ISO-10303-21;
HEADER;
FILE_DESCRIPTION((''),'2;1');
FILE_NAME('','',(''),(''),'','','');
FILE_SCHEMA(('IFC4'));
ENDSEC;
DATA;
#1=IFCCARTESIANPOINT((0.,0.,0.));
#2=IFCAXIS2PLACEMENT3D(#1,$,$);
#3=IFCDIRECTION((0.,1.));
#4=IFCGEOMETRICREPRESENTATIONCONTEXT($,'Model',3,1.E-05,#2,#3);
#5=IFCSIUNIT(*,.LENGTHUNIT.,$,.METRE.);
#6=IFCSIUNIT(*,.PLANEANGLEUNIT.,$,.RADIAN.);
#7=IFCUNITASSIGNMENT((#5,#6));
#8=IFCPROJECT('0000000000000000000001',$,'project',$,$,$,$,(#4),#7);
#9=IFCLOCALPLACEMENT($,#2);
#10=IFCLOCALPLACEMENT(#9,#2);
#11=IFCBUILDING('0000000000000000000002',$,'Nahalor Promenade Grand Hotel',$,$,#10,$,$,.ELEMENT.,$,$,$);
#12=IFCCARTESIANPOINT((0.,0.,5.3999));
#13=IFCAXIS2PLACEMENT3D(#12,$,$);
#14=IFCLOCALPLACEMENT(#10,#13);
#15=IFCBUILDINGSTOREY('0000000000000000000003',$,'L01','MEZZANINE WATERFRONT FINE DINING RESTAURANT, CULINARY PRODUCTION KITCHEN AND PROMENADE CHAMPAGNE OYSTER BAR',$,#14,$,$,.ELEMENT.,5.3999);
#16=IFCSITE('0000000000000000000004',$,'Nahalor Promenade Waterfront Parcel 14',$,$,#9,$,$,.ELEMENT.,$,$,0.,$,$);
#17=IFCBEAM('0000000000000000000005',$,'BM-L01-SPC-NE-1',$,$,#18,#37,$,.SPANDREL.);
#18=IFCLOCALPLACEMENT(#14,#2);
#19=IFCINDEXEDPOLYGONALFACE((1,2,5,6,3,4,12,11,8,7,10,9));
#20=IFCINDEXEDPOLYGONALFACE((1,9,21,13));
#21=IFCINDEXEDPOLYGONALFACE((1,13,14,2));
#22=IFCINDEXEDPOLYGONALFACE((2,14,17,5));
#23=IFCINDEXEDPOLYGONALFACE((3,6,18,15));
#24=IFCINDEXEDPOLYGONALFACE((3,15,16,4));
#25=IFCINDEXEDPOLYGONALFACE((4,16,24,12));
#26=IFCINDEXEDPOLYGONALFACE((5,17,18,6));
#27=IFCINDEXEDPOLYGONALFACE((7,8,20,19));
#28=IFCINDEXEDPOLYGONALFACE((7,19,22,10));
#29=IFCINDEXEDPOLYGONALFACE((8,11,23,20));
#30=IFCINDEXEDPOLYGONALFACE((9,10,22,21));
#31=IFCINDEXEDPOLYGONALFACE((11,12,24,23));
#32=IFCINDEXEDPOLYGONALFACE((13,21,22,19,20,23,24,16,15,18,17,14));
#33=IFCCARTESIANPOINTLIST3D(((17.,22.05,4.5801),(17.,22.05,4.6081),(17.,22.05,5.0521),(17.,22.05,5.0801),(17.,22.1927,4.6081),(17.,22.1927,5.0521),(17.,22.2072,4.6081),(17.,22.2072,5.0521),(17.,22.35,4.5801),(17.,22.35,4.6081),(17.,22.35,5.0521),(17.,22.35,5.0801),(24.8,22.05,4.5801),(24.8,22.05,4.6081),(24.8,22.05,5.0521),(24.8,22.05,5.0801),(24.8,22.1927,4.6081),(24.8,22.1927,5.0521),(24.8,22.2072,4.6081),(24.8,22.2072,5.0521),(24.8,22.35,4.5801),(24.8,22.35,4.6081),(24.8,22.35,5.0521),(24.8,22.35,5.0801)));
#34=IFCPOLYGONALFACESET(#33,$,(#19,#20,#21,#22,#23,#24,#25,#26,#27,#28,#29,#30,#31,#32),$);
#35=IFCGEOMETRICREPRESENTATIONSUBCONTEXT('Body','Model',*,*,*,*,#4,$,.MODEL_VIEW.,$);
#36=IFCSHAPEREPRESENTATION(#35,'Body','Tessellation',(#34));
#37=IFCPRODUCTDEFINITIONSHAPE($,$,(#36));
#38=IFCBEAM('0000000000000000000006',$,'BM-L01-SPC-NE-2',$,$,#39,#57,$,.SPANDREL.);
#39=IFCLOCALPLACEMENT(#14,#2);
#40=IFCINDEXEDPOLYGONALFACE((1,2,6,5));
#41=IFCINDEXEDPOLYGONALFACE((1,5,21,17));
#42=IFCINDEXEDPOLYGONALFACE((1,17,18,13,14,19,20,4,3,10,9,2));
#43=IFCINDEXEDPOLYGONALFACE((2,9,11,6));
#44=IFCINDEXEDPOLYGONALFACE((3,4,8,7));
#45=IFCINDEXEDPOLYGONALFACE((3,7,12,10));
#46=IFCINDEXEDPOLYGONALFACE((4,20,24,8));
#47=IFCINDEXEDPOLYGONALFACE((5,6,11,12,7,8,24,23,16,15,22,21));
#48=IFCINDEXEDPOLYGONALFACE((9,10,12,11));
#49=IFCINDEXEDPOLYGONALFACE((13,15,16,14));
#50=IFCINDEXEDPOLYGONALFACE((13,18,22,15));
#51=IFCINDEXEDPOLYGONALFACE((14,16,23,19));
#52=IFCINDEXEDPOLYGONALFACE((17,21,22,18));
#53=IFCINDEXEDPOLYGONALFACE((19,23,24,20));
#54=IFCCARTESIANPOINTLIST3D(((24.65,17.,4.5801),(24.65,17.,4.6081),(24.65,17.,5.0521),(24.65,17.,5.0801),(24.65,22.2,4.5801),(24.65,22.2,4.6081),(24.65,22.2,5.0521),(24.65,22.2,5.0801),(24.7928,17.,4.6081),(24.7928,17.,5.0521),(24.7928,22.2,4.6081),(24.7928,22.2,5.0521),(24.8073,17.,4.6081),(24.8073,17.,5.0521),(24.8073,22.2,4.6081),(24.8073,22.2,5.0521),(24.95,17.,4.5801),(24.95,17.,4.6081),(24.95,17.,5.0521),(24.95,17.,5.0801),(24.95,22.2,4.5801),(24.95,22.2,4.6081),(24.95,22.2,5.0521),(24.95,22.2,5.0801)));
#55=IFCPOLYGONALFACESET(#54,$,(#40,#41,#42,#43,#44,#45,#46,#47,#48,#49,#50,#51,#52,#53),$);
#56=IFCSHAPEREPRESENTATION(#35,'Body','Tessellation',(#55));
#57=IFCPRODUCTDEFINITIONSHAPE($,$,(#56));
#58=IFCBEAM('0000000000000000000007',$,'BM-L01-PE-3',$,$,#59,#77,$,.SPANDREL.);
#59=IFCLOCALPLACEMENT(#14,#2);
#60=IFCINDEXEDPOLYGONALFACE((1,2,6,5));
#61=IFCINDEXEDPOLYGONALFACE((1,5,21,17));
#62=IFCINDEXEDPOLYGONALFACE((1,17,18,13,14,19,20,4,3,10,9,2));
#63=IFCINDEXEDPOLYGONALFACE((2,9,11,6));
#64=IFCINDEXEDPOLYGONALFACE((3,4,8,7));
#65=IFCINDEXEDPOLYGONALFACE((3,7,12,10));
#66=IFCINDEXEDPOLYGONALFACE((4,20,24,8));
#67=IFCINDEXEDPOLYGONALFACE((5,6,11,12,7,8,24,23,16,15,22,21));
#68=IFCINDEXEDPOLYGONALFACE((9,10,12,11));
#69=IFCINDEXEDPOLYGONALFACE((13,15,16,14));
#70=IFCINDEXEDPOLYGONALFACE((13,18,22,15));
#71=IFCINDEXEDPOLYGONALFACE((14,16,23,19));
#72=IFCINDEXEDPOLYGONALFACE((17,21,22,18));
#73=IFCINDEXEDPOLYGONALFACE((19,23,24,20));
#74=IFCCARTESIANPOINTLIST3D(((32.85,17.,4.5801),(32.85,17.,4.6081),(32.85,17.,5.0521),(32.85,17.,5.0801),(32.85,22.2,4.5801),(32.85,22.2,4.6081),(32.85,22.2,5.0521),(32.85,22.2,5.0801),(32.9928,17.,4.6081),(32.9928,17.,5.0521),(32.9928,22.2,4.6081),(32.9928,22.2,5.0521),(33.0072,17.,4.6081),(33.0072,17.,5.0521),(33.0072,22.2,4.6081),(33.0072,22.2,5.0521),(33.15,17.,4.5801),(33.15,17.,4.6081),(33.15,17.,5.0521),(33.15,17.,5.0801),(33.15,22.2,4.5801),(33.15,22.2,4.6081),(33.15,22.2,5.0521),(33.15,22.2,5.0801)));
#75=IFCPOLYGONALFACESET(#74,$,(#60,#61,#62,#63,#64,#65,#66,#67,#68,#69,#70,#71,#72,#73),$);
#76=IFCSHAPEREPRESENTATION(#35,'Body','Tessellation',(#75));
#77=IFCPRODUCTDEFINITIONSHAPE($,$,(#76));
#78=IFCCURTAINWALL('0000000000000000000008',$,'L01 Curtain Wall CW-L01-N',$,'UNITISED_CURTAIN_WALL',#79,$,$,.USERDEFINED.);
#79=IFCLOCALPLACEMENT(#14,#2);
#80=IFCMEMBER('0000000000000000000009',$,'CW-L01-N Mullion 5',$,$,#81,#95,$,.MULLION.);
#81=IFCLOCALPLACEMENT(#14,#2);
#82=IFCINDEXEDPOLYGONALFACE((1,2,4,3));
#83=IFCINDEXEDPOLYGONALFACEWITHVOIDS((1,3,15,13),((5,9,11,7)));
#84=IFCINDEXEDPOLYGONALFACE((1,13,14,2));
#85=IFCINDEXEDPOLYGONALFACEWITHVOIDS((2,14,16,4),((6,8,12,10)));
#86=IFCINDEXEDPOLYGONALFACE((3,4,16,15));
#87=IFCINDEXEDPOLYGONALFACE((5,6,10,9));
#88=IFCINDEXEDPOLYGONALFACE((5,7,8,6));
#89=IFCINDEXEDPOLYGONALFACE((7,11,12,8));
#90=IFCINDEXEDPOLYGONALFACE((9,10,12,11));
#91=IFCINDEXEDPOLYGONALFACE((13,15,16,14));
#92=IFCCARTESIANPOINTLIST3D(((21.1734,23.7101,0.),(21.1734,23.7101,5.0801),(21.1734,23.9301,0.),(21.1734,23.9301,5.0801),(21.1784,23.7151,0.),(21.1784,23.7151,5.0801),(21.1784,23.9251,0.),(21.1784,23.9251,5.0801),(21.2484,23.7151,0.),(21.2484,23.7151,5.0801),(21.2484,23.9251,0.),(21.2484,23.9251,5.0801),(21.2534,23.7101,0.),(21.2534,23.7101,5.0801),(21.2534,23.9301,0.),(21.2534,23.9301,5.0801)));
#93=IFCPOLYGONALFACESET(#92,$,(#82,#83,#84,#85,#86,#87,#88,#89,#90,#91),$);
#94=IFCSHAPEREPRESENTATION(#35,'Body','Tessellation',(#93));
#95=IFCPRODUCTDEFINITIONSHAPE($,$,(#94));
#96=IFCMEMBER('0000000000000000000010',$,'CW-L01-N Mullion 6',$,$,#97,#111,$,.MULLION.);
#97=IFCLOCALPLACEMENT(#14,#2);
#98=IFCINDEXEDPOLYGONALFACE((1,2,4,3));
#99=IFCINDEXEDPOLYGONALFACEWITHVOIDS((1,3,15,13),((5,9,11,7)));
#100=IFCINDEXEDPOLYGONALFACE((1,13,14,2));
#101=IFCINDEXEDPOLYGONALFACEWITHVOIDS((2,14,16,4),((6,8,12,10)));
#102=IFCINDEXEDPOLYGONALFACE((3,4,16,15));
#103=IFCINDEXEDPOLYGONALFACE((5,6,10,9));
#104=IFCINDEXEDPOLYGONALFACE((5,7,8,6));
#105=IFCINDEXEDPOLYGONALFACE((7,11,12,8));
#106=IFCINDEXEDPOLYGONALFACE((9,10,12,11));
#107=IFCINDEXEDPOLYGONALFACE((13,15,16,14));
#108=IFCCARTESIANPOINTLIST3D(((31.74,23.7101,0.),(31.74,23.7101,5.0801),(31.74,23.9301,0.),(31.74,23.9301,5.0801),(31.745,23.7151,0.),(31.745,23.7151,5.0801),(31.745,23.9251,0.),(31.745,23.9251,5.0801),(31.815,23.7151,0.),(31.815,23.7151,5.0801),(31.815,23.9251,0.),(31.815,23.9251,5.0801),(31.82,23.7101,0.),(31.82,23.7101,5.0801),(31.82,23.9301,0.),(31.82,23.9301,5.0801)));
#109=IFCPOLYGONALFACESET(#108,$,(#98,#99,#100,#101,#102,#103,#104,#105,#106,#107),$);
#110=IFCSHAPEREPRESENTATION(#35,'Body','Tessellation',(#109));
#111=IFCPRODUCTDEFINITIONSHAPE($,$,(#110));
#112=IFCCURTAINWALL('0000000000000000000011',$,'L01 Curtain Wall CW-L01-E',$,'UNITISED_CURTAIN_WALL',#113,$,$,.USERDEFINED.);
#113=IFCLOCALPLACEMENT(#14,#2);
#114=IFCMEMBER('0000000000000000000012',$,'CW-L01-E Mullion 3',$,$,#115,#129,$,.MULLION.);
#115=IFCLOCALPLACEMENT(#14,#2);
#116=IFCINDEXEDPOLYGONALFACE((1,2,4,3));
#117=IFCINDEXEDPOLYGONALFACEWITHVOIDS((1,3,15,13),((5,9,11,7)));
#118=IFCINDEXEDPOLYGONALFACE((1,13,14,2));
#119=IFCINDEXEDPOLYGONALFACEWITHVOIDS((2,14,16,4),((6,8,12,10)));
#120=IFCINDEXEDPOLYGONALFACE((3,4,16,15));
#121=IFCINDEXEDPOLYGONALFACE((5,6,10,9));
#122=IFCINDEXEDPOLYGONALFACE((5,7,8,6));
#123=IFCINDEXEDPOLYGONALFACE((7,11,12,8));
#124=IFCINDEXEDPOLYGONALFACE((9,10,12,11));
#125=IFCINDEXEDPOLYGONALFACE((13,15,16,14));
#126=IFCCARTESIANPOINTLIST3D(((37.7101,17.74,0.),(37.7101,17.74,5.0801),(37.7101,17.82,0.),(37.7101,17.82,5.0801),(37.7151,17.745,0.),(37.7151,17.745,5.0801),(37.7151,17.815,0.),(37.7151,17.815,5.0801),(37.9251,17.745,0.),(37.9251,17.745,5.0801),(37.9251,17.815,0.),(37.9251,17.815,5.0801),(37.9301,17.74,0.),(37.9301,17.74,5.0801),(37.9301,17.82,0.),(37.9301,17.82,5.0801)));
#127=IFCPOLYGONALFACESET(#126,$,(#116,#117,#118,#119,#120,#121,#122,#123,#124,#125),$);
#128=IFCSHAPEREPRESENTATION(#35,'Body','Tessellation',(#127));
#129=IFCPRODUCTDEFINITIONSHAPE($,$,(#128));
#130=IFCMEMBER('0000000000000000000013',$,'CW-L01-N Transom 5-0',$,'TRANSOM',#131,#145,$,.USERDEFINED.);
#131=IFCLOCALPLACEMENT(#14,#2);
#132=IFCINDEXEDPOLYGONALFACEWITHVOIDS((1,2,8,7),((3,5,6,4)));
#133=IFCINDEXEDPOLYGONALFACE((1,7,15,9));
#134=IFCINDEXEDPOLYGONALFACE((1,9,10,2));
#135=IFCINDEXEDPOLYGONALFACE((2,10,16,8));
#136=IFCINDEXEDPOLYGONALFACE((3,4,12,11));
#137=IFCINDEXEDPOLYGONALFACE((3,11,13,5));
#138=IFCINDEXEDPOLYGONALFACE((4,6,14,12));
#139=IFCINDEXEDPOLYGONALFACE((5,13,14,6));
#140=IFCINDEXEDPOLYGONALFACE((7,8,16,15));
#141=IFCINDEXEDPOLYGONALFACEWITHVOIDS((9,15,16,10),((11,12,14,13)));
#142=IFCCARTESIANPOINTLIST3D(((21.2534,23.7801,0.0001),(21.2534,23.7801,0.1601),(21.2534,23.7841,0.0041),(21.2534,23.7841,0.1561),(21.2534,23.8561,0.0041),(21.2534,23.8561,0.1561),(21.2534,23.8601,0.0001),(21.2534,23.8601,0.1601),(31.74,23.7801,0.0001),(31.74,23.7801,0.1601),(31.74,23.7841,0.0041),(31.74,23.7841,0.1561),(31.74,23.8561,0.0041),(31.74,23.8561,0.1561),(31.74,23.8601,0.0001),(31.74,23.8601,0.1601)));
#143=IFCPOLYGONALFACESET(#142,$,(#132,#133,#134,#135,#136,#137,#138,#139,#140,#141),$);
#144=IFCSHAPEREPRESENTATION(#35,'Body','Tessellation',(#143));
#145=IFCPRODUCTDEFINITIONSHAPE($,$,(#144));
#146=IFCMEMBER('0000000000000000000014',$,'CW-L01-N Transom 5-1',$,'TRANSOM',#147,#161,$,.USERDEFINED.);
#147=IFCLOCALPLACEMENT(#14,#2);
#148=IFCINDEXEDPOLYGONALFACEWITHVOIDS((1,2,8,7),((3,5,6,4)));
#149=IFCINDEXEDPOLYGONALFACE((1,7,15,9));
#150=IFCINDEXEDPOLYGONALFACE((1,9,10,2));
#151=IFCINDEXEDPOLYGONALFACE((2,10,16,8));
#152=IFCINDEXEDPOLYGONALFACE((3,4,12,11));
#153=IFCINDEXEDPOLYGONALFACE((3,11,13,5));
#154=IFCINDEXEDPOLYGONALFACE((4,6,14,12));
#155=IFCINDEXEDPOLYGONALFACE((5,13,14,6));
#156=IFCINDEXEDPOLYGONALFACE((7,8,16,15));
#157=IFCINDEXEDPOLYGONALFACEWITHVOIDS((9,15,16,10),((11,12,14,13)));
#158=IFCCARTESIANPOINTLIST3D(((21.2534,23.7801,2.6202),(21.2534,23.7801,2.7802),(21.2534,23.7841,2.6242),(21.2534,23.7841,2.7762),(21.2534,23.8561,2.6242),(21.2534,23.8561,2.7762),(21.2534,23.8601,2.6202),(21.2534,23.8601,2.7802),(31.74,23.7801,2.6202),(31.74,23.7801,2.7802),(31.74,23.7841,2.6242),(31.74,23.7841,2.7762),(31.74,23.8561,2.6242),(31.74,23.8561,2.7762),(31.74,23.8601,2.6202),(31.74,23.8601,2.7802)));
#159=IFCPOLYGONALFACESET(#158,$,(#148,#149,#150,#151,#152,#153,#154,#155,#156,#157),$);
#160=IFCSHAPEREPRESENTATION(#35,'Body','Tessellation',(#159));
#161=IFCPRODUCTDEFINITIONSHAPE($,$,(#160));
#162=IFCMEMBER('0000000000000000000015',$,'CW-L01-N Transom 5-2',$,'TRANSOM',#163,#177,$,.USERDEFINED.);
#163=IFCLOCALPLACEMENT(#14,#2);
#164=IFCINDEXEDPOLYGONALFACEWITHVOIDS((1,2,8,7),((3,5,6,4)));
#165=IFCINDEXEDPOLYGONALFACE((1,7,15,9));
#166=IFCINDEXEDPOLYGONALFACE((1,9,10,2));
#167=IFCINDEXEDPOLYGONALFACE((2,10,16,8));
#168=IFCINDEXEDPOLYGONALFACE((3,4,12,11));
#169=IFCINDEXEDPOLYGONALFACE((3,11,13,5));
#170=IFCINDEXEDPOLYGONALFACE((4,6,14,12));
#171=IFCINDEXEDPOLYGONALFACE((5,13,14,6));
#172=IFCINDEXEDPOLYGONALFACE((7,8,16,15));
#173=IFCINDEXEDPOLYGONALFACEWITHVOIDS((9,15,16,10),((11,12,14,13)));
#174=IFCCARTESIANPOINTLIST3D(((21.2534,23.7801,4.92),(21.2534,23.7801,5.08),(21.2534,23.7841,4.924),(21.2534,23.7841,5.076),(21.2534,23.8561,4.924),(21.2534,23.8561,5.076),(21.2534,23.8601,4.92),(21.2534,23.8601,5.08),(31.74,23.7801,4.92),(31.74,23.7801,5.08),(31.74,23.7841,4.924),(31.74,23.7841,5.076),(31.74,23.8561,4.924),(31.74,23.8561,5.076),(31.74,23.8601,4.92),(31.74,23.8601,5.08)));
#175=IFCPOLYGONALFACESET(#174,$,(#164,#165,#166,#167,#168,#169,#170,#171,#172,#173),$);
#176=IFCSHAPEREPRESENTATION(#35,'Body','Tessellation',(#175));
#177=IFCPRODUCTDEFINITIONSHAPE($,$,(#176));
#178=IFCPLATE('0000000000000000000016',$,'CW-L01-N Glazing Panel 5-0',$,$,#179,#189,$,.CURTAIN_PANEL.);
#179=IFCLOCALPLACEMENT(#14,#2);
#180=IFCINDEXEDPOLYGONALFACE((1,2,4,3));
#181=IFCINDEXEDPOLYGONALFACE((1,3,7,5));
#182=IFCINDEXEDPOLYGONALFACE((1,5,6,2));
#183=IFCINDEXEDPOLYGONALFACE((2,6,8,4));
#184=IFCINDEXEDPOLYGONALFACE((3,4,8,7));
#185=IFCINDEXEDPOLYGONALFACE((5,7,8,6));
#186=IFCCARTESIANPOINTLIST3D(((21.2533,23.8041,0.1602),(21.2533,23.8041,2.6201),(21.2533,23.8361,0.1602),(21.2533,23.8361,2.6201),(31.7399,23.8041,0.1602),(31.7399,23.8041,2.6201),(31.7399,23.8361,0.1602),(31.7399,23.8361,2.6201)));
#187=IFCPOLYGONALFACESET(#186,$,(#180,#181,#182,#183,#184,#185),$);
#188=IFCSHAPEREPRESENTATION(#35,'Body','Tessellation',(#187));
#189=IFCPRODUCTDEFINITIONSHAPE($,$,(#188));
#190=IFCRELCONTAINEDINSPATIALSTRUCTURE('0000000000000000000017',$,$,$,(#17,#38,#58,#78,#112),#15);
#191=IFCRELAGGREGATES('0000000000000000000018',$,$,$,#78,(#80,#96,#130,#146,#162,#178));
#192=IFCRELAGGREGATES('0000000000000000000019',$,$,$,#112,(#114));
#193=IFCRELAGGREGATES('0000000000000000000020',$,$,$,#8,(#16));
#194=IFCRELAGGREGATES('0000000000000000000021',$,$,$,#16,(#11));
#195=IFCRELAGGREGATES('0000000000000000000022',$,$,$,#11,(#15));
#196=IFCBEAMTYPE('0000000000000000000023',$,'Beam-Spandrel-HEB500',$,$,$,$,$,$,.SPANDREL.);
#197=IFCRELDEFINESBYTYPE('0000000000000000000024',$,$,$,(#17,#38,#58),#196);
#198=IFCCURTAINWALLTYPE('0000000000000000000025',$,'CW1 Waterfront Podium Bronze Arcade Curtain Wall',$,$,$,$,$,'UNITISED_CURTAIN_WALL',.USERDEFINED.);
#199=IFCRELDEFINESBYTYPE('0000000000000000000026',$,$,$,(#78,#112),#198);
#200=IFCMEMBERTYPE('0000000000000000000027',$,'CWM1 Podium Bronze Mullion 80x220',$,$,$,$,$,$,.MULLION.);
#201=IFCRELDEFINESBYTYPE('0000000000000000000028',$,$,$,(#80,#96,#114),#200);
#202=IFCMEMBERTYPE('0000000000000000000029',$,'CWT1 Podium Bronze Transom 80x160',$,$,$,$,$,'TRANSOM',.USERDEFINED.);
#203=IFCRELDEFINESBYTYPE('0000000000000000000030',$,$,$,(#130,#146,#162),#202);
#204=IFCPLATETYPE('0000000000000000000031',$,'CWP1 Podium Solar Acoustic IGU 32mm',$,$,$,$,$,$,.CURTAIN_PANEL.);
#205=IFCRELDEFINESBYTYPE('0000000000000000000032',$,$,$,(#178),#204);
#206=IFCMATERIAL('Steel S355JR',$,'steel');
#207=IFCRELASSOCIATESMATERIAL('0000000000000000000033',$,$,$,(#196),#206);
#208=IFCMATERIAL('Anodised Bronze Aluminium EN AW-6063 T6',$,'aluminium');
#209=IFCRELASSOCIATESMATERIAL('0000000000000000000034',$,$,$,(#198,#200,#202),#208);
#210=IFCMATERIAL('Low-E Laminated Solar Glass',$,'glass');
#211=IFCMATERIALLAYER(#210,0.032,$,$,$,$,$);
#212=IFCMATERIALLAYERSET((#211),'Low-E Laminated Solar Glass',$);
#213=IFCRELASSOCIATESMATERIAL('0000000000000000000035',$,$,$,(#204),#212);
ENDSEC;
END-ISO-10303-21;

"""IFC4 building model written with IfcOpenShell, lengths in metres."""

from ifc_helpers import new_model, si_unit, direction, frame, origin, origin_2d, place, context, subcontext, project, spatial, rectangle, hollow_rectangle, i_section, extrude, source, transform, mapped, material, layer, layer_set, material_profile, profile_set, type_object, element, aggregate, save


model = new_model("IFC4")

# Units and contexts
model_context = context("Model", 3, precision=1e-05, world=origin(), true_north=direction((0.0, 1.0)))
body_context = subcontext(model_context, "Body", "Model", "MODEL_VIEW")
ifc_project = project(units=[si_unit("LENGTHUNIT", "METRE"), si_unit("PLANEANGLEUNIT", "RADIAN")], contexts=[model_context])

# Site, building, storey
site_placement = place(None, origin())
site = spatial("IfcSite", under=ifc_project, at=site_placement, Name="Nahalor Promenade Waterfront Parcel 14", CompositionType="ELEMENT", RefElevation=0.0)
building_placement = place(site_placement, origin())
building = spatial("IfcBuilding", under=site, at=building_placement, Name="Nahalor Promenade Grand Hotel", CompositionType="ELEMENT")
storey_placement = place(building_placement, frame((0.0, 0.0, 5.3999)))
storey = spatial("IfcBuildingStorey", under=building, at=storey_placement, Name="L01", Description="MEZZANINE WATERFRONT FINE DINING RESTAURANT, CULINARY PRODUCTION KITCHEN AND PROMENADE CHAMPAGNE OYSTER BAR", CompositionType="ELEMENT", Elevation=5.3999)

# Beams
ifc_material_1 = material(Name="Steel S355JR", Category="steel")
ifc_material_profile_1 = material_profile(ifc_material_1, i_section(OverallWidth=0.3, OverallDepth=0.5, WebThickness=0.0145, FlangeThickness=0.028, at=origin_2d()), Name="HEB 500")
ifc_profile_set_1 = profile_set([ifc_material_profile_1], Name="Steel S355JR")
beam_type_1 = type_object("IfcBeamType", Name="Beam-Spandrel-HEB500", PredefinedType="SPANDREL", material=ifc_profile_set_1)
shared_shape_1 = source(origin(), body_context, "Body", "SweptSolid", [
    extrude(i_section(OverallWidth=0.3, OverallDepth=0.5, WebThickness=0.0145, FlangeThickness=0.028, at=origin_2d()), origin(), (0.0, 0.0, 1.0), 7.8),
])
beam_1_placement = place(storey_placement, frame((17.0, 22.2, 4.8301), z_axis=(1.0, 0.0, 0.0), x_axis=(0.0, 1.0, 0.0)))
element("IfcBeam", 1, at=beam_1_placement, inside=storey, type_object=beam_type_1, Name="BM-L01-SPC-NE-1", PredefinedType="SPANDREL", context=body_context, shape_type="MappedRepresentation", body=[
    mapped(shared_shape_1, transform((0.0, 0.0, 0.0), scale=1.0)),
])
shared_shape_2 = source(origin(), body_context, "Body", "SweptSolid", [
    extrude(i_section(OverallWidth=0.3, OverallDepth=0.5, WebThickness=0.0145, FlangeThickness=0.028, at=origin_2d()), origin(), (0.0, 0.0, 1.0), 5.2),
])
for number, where, z_axis, x_axis, name in (
    (2, (24.8, 22.2, 4.8301), (0.0, -1.0, 0.0), (1.0, 0.0, 0.0), "BM-L01-SPC-NE-2"),
    (3, (33.0, 17.0, 4.8301), (0.0, 1.0, 0.0), (-1.0, 0.0, 0.0), "BM-L01-PE-3"),
):
    element("IfcBeam", number, at=place(storey_placement, frame(where, z_axis=z_axis, x_axis=x_axis)), inside=storey, type_object=beam_type_1, Name=name, PredefinedType="SPANDREL", context=body_context, shape_type="MappedRepresentation", body=[
        mapped(shared_shape_2, transform((0.0, 0.0, 0.0), scale=1.0)),
    ])

# Curtain wall, members
ifc_material_2 = material(Name="Anodised Bronze Aluminium EN AW-6063 T6", Category="aluminium")
curtain_wall_type = type_object("IfcCurtainWallType", Name="CW1 Waterfront Podium Bronze Arcade Curtain Wall", ElementType="UNITISED_CURTAIN_WALL", PredefinedType="USERDEFINED", material=ifc_material_2)
curtain_wall_1_placement = place(storey_placement, origin())
curtain_wall_1 = element("IfcCurtainWall", 4, at=curtain_wall_1_placement, inside=storey, type_object=curtain_wall_type, Name="L01 Curtain Wall CW-L01-N", ObjectType="UNITISED_CURTAIN_WALL", PredefinedType="USERDEFINED")
ifc_material_profile_2 = material_profile(ifc_material_2, hollow_rectangle(XDim=0.08, YDim=0.22, WallThickness=0.005, at=origin_2d()), Name="CWM 80x220x5")
ifc_profile_set_2 = profile_set([ifc_material_profile_2], Name="Anodised Bronze Aluminium EN AW-6063 T6")
member_type_1 = type_object("IfcMemberType", Name="CWM1 Podium Bronze Mullion 80x220", PredefinedType="MULLION", material=ifc_profile_set_2)
shared_shape_3 = source(origin(), body_context, "Body", "SweptSolid", [
    extrude(hollow_rectangle(XDim=0.08, YDim=0.22, WallThickness=0.005, at=origin_2d()), origin(), (0.0, 0.0, 1.0), 5.0801),
])
member_1_placement = place(storey_placement, frame((21.2134, 23.8201, 0.0), z_axis=(0.0, 0.0, 1.0), x_axis=(1.0, 0.0, 0.0)))
member_1 = element("IfcMember", 5, at=member_1_placement, type_object=member_type_1, Name="CW-L01-N Mullion 5", PredefinedType="MULLION", context=body_context, shape_type="MappedRepresentation", body=[
    mapped(shared_shape_3, transform((0.0, 0.0, 0.0), scale=1.0)),
])
member_2_placement = place(storey_placement, frame((31.78, 23.8201, 0.0), z_axis=(0.0, 0.0, 1.0), x_axis=(1.0, 0.0, 0.0)))
member_2 = element("IfcMember", 6, at=member_2_placement, type_object=member_type_1, Name="CW-L01-N Mullion 6", PredefinedType="MULLION", context=body_context, shape_type="MappedRepresentation", body=[
    mapped(shared_shape_3, transform((0.0, 0.0, 0.0), scale=1.0)),
])

# Curtain wall, member
curtain_wall_2_placement = place(storey_placement, origin())
curtain_wall_2 = element("IfcCurtainWall", 7, at=curtain_wall_2_placement, inside=storey, type_object=curtain_wall_type, Name="L01 Curtain Wall CW-L01-E", ObjectType="UNITISED_CURTAIN_WALL", PredefinedType="USERDEFINED")
member_3_placement = place(storey_placement, frame((37.8201, 17.78, 0.0), z_axis=(0.0, 0.0, 1.0), x_axis=(0.0, 1.0, 0.0)))
member_3 = element("IfcMember", 8, at=member_3_placement, type_object=member_type_1, Name="CW-L01-E Mullion 3", PredefinedType="MULLION", context=body_context, shape_type="MappedRepresentation", body=[
    mapped(shared_shape_3, transform((0.0, 0.0, 0.0), scale=1.0)),
])

# Members
ifc_material_profile_3 = material_profile(ifc_material_2, hollow_rectangle(XDim=0.08, YDim=0.16, WallThickness=0.004, at=origin_2d()), Name="CWT 80x160x4")
ifc_profile_set_3 = profile_set([ifc_material_profile_3], Name="Anodised Bronze Aluminium EN AW-6063 T6")
member_type_2 = type_object("IfcMemberType", Name="CWT1 Podium Bronze Transom 80x160", ElementType="TRANSOM", PredefinedType="USERDEFINED", material=ifc_profile_set_3)
shared_shape_4 = source(origin(), body_context, "Body", "SweptSolid", [
    extrude(hollow_rectangle(XDim=0.08, YDim=0.16, WallThickness=0.004, at=origin_2d()), origin(), (0.0, 0.0, 1.0), 10.4866),
])
member_4_placement = place(storey_placement, frame((21.2534, 23.8201, 0.0801), z_axis=(1.0, 0.0, 0.0), x_axis=(0.0, 1.0, 0.0)))
member_4 = element("IfcMember", 9, at=member_4_placement, type_object=member_type_2, Name="CW-L01-N Transom 5-0", ObjectType="TRANSOM", PredefinedType="USERDEFINED", context=body_context, shape_type="MappedRepresentation", body=[
    mapped(shared_shape_4, transform((0.0, 0.0, 0.0), scale=1.0)),
])
member_5_placement = place(storey_placement, frame((21.2534, 23.8201, 2.7002), z_axis=(1.0, 0.0, 0.0), x_axis=(0.0, 1.0, 0.0)))
member_5 = element("IfcMember", 10, at=member_5_placement, type_object=member_type_2, Name="CW-L01-N Transom 5-1", ObjectType="TRANSOM", PredefinedType="USERDEFINED", context=body_context, shape_type="MappedRepresentation", body=[
    mapped(shared_shape_4, transform((0.0, 0.0, 0.0), scale=1.0)),
])
member_6_placement = place(storey_placement, frame((21.2534, 23.8201, 5.0), z_axis=(1.0, 0.0, 0.0), x_axis=(0.0, 1.0, 0.0)))
member_6 = element("IfcMember", 11, at=member_6_placement, type_object=member_type_2, Name="CW-L01-N Transom 5-2", ObjectType="TRANSOM", PredefinedType="USERDEFINED", context=body_context, shape_type="MappedRepresentation", body=[
    mapped(shared_shape_4, transform((0.0, 0.0, 0.0), scale=1.0)),
])

# Plate
ifc_material_3 = material(Name="Low-E Laminated Solar Glass", Category="glass")
ifc_layer_1 = layer(ifc_material_3, 0.032)
ifc_layer_set_1 = layer_set([ifc_layer_1], Name="Low-E Laminated Solar Glass")
plate_type = type_object("IfcPlateType", Name="CWP1 Podium Solar Acoustic IGU 32mm", PredefinedType="CURTAIN_PANEL", material=ifc_layer_set_1)
shared_shape_5 = source(origin(), body_context, "Body", "SweptSolid", [
    extrude(rectangle(XDim=10.4866, YDim=0.032, at=origin_2d()), origin(), (0.0, 0.0, 1.0), 2.46),
])
plate_1_placement = place(storey_placement, frame((26.4966, 23.8201, 0.1602), z_axis=(0.0, 0.0, 1.0), x_axis=(1.0, 0.0, 0.0)))
plate_1 = element("IfcPlate", 12, at=plate_1_placement, type_object=plate_type, Name="CW-L01-N Glazing Panel 5-0", PredefinedType="CURTAIN_PANEL", context=body_context, shape_type="MappedRepresentation", body=[
    mapped(shared_shape_5, transform((0.0, 0.0, 0.0), scale=1.0)),
])
aggregate(curtain_wall_1, [member_1, member_2, member_4, member_5, member_6, plate_1])
aggregate(curtain_wall_2, [member_3])

save(model, "model.ifc")
